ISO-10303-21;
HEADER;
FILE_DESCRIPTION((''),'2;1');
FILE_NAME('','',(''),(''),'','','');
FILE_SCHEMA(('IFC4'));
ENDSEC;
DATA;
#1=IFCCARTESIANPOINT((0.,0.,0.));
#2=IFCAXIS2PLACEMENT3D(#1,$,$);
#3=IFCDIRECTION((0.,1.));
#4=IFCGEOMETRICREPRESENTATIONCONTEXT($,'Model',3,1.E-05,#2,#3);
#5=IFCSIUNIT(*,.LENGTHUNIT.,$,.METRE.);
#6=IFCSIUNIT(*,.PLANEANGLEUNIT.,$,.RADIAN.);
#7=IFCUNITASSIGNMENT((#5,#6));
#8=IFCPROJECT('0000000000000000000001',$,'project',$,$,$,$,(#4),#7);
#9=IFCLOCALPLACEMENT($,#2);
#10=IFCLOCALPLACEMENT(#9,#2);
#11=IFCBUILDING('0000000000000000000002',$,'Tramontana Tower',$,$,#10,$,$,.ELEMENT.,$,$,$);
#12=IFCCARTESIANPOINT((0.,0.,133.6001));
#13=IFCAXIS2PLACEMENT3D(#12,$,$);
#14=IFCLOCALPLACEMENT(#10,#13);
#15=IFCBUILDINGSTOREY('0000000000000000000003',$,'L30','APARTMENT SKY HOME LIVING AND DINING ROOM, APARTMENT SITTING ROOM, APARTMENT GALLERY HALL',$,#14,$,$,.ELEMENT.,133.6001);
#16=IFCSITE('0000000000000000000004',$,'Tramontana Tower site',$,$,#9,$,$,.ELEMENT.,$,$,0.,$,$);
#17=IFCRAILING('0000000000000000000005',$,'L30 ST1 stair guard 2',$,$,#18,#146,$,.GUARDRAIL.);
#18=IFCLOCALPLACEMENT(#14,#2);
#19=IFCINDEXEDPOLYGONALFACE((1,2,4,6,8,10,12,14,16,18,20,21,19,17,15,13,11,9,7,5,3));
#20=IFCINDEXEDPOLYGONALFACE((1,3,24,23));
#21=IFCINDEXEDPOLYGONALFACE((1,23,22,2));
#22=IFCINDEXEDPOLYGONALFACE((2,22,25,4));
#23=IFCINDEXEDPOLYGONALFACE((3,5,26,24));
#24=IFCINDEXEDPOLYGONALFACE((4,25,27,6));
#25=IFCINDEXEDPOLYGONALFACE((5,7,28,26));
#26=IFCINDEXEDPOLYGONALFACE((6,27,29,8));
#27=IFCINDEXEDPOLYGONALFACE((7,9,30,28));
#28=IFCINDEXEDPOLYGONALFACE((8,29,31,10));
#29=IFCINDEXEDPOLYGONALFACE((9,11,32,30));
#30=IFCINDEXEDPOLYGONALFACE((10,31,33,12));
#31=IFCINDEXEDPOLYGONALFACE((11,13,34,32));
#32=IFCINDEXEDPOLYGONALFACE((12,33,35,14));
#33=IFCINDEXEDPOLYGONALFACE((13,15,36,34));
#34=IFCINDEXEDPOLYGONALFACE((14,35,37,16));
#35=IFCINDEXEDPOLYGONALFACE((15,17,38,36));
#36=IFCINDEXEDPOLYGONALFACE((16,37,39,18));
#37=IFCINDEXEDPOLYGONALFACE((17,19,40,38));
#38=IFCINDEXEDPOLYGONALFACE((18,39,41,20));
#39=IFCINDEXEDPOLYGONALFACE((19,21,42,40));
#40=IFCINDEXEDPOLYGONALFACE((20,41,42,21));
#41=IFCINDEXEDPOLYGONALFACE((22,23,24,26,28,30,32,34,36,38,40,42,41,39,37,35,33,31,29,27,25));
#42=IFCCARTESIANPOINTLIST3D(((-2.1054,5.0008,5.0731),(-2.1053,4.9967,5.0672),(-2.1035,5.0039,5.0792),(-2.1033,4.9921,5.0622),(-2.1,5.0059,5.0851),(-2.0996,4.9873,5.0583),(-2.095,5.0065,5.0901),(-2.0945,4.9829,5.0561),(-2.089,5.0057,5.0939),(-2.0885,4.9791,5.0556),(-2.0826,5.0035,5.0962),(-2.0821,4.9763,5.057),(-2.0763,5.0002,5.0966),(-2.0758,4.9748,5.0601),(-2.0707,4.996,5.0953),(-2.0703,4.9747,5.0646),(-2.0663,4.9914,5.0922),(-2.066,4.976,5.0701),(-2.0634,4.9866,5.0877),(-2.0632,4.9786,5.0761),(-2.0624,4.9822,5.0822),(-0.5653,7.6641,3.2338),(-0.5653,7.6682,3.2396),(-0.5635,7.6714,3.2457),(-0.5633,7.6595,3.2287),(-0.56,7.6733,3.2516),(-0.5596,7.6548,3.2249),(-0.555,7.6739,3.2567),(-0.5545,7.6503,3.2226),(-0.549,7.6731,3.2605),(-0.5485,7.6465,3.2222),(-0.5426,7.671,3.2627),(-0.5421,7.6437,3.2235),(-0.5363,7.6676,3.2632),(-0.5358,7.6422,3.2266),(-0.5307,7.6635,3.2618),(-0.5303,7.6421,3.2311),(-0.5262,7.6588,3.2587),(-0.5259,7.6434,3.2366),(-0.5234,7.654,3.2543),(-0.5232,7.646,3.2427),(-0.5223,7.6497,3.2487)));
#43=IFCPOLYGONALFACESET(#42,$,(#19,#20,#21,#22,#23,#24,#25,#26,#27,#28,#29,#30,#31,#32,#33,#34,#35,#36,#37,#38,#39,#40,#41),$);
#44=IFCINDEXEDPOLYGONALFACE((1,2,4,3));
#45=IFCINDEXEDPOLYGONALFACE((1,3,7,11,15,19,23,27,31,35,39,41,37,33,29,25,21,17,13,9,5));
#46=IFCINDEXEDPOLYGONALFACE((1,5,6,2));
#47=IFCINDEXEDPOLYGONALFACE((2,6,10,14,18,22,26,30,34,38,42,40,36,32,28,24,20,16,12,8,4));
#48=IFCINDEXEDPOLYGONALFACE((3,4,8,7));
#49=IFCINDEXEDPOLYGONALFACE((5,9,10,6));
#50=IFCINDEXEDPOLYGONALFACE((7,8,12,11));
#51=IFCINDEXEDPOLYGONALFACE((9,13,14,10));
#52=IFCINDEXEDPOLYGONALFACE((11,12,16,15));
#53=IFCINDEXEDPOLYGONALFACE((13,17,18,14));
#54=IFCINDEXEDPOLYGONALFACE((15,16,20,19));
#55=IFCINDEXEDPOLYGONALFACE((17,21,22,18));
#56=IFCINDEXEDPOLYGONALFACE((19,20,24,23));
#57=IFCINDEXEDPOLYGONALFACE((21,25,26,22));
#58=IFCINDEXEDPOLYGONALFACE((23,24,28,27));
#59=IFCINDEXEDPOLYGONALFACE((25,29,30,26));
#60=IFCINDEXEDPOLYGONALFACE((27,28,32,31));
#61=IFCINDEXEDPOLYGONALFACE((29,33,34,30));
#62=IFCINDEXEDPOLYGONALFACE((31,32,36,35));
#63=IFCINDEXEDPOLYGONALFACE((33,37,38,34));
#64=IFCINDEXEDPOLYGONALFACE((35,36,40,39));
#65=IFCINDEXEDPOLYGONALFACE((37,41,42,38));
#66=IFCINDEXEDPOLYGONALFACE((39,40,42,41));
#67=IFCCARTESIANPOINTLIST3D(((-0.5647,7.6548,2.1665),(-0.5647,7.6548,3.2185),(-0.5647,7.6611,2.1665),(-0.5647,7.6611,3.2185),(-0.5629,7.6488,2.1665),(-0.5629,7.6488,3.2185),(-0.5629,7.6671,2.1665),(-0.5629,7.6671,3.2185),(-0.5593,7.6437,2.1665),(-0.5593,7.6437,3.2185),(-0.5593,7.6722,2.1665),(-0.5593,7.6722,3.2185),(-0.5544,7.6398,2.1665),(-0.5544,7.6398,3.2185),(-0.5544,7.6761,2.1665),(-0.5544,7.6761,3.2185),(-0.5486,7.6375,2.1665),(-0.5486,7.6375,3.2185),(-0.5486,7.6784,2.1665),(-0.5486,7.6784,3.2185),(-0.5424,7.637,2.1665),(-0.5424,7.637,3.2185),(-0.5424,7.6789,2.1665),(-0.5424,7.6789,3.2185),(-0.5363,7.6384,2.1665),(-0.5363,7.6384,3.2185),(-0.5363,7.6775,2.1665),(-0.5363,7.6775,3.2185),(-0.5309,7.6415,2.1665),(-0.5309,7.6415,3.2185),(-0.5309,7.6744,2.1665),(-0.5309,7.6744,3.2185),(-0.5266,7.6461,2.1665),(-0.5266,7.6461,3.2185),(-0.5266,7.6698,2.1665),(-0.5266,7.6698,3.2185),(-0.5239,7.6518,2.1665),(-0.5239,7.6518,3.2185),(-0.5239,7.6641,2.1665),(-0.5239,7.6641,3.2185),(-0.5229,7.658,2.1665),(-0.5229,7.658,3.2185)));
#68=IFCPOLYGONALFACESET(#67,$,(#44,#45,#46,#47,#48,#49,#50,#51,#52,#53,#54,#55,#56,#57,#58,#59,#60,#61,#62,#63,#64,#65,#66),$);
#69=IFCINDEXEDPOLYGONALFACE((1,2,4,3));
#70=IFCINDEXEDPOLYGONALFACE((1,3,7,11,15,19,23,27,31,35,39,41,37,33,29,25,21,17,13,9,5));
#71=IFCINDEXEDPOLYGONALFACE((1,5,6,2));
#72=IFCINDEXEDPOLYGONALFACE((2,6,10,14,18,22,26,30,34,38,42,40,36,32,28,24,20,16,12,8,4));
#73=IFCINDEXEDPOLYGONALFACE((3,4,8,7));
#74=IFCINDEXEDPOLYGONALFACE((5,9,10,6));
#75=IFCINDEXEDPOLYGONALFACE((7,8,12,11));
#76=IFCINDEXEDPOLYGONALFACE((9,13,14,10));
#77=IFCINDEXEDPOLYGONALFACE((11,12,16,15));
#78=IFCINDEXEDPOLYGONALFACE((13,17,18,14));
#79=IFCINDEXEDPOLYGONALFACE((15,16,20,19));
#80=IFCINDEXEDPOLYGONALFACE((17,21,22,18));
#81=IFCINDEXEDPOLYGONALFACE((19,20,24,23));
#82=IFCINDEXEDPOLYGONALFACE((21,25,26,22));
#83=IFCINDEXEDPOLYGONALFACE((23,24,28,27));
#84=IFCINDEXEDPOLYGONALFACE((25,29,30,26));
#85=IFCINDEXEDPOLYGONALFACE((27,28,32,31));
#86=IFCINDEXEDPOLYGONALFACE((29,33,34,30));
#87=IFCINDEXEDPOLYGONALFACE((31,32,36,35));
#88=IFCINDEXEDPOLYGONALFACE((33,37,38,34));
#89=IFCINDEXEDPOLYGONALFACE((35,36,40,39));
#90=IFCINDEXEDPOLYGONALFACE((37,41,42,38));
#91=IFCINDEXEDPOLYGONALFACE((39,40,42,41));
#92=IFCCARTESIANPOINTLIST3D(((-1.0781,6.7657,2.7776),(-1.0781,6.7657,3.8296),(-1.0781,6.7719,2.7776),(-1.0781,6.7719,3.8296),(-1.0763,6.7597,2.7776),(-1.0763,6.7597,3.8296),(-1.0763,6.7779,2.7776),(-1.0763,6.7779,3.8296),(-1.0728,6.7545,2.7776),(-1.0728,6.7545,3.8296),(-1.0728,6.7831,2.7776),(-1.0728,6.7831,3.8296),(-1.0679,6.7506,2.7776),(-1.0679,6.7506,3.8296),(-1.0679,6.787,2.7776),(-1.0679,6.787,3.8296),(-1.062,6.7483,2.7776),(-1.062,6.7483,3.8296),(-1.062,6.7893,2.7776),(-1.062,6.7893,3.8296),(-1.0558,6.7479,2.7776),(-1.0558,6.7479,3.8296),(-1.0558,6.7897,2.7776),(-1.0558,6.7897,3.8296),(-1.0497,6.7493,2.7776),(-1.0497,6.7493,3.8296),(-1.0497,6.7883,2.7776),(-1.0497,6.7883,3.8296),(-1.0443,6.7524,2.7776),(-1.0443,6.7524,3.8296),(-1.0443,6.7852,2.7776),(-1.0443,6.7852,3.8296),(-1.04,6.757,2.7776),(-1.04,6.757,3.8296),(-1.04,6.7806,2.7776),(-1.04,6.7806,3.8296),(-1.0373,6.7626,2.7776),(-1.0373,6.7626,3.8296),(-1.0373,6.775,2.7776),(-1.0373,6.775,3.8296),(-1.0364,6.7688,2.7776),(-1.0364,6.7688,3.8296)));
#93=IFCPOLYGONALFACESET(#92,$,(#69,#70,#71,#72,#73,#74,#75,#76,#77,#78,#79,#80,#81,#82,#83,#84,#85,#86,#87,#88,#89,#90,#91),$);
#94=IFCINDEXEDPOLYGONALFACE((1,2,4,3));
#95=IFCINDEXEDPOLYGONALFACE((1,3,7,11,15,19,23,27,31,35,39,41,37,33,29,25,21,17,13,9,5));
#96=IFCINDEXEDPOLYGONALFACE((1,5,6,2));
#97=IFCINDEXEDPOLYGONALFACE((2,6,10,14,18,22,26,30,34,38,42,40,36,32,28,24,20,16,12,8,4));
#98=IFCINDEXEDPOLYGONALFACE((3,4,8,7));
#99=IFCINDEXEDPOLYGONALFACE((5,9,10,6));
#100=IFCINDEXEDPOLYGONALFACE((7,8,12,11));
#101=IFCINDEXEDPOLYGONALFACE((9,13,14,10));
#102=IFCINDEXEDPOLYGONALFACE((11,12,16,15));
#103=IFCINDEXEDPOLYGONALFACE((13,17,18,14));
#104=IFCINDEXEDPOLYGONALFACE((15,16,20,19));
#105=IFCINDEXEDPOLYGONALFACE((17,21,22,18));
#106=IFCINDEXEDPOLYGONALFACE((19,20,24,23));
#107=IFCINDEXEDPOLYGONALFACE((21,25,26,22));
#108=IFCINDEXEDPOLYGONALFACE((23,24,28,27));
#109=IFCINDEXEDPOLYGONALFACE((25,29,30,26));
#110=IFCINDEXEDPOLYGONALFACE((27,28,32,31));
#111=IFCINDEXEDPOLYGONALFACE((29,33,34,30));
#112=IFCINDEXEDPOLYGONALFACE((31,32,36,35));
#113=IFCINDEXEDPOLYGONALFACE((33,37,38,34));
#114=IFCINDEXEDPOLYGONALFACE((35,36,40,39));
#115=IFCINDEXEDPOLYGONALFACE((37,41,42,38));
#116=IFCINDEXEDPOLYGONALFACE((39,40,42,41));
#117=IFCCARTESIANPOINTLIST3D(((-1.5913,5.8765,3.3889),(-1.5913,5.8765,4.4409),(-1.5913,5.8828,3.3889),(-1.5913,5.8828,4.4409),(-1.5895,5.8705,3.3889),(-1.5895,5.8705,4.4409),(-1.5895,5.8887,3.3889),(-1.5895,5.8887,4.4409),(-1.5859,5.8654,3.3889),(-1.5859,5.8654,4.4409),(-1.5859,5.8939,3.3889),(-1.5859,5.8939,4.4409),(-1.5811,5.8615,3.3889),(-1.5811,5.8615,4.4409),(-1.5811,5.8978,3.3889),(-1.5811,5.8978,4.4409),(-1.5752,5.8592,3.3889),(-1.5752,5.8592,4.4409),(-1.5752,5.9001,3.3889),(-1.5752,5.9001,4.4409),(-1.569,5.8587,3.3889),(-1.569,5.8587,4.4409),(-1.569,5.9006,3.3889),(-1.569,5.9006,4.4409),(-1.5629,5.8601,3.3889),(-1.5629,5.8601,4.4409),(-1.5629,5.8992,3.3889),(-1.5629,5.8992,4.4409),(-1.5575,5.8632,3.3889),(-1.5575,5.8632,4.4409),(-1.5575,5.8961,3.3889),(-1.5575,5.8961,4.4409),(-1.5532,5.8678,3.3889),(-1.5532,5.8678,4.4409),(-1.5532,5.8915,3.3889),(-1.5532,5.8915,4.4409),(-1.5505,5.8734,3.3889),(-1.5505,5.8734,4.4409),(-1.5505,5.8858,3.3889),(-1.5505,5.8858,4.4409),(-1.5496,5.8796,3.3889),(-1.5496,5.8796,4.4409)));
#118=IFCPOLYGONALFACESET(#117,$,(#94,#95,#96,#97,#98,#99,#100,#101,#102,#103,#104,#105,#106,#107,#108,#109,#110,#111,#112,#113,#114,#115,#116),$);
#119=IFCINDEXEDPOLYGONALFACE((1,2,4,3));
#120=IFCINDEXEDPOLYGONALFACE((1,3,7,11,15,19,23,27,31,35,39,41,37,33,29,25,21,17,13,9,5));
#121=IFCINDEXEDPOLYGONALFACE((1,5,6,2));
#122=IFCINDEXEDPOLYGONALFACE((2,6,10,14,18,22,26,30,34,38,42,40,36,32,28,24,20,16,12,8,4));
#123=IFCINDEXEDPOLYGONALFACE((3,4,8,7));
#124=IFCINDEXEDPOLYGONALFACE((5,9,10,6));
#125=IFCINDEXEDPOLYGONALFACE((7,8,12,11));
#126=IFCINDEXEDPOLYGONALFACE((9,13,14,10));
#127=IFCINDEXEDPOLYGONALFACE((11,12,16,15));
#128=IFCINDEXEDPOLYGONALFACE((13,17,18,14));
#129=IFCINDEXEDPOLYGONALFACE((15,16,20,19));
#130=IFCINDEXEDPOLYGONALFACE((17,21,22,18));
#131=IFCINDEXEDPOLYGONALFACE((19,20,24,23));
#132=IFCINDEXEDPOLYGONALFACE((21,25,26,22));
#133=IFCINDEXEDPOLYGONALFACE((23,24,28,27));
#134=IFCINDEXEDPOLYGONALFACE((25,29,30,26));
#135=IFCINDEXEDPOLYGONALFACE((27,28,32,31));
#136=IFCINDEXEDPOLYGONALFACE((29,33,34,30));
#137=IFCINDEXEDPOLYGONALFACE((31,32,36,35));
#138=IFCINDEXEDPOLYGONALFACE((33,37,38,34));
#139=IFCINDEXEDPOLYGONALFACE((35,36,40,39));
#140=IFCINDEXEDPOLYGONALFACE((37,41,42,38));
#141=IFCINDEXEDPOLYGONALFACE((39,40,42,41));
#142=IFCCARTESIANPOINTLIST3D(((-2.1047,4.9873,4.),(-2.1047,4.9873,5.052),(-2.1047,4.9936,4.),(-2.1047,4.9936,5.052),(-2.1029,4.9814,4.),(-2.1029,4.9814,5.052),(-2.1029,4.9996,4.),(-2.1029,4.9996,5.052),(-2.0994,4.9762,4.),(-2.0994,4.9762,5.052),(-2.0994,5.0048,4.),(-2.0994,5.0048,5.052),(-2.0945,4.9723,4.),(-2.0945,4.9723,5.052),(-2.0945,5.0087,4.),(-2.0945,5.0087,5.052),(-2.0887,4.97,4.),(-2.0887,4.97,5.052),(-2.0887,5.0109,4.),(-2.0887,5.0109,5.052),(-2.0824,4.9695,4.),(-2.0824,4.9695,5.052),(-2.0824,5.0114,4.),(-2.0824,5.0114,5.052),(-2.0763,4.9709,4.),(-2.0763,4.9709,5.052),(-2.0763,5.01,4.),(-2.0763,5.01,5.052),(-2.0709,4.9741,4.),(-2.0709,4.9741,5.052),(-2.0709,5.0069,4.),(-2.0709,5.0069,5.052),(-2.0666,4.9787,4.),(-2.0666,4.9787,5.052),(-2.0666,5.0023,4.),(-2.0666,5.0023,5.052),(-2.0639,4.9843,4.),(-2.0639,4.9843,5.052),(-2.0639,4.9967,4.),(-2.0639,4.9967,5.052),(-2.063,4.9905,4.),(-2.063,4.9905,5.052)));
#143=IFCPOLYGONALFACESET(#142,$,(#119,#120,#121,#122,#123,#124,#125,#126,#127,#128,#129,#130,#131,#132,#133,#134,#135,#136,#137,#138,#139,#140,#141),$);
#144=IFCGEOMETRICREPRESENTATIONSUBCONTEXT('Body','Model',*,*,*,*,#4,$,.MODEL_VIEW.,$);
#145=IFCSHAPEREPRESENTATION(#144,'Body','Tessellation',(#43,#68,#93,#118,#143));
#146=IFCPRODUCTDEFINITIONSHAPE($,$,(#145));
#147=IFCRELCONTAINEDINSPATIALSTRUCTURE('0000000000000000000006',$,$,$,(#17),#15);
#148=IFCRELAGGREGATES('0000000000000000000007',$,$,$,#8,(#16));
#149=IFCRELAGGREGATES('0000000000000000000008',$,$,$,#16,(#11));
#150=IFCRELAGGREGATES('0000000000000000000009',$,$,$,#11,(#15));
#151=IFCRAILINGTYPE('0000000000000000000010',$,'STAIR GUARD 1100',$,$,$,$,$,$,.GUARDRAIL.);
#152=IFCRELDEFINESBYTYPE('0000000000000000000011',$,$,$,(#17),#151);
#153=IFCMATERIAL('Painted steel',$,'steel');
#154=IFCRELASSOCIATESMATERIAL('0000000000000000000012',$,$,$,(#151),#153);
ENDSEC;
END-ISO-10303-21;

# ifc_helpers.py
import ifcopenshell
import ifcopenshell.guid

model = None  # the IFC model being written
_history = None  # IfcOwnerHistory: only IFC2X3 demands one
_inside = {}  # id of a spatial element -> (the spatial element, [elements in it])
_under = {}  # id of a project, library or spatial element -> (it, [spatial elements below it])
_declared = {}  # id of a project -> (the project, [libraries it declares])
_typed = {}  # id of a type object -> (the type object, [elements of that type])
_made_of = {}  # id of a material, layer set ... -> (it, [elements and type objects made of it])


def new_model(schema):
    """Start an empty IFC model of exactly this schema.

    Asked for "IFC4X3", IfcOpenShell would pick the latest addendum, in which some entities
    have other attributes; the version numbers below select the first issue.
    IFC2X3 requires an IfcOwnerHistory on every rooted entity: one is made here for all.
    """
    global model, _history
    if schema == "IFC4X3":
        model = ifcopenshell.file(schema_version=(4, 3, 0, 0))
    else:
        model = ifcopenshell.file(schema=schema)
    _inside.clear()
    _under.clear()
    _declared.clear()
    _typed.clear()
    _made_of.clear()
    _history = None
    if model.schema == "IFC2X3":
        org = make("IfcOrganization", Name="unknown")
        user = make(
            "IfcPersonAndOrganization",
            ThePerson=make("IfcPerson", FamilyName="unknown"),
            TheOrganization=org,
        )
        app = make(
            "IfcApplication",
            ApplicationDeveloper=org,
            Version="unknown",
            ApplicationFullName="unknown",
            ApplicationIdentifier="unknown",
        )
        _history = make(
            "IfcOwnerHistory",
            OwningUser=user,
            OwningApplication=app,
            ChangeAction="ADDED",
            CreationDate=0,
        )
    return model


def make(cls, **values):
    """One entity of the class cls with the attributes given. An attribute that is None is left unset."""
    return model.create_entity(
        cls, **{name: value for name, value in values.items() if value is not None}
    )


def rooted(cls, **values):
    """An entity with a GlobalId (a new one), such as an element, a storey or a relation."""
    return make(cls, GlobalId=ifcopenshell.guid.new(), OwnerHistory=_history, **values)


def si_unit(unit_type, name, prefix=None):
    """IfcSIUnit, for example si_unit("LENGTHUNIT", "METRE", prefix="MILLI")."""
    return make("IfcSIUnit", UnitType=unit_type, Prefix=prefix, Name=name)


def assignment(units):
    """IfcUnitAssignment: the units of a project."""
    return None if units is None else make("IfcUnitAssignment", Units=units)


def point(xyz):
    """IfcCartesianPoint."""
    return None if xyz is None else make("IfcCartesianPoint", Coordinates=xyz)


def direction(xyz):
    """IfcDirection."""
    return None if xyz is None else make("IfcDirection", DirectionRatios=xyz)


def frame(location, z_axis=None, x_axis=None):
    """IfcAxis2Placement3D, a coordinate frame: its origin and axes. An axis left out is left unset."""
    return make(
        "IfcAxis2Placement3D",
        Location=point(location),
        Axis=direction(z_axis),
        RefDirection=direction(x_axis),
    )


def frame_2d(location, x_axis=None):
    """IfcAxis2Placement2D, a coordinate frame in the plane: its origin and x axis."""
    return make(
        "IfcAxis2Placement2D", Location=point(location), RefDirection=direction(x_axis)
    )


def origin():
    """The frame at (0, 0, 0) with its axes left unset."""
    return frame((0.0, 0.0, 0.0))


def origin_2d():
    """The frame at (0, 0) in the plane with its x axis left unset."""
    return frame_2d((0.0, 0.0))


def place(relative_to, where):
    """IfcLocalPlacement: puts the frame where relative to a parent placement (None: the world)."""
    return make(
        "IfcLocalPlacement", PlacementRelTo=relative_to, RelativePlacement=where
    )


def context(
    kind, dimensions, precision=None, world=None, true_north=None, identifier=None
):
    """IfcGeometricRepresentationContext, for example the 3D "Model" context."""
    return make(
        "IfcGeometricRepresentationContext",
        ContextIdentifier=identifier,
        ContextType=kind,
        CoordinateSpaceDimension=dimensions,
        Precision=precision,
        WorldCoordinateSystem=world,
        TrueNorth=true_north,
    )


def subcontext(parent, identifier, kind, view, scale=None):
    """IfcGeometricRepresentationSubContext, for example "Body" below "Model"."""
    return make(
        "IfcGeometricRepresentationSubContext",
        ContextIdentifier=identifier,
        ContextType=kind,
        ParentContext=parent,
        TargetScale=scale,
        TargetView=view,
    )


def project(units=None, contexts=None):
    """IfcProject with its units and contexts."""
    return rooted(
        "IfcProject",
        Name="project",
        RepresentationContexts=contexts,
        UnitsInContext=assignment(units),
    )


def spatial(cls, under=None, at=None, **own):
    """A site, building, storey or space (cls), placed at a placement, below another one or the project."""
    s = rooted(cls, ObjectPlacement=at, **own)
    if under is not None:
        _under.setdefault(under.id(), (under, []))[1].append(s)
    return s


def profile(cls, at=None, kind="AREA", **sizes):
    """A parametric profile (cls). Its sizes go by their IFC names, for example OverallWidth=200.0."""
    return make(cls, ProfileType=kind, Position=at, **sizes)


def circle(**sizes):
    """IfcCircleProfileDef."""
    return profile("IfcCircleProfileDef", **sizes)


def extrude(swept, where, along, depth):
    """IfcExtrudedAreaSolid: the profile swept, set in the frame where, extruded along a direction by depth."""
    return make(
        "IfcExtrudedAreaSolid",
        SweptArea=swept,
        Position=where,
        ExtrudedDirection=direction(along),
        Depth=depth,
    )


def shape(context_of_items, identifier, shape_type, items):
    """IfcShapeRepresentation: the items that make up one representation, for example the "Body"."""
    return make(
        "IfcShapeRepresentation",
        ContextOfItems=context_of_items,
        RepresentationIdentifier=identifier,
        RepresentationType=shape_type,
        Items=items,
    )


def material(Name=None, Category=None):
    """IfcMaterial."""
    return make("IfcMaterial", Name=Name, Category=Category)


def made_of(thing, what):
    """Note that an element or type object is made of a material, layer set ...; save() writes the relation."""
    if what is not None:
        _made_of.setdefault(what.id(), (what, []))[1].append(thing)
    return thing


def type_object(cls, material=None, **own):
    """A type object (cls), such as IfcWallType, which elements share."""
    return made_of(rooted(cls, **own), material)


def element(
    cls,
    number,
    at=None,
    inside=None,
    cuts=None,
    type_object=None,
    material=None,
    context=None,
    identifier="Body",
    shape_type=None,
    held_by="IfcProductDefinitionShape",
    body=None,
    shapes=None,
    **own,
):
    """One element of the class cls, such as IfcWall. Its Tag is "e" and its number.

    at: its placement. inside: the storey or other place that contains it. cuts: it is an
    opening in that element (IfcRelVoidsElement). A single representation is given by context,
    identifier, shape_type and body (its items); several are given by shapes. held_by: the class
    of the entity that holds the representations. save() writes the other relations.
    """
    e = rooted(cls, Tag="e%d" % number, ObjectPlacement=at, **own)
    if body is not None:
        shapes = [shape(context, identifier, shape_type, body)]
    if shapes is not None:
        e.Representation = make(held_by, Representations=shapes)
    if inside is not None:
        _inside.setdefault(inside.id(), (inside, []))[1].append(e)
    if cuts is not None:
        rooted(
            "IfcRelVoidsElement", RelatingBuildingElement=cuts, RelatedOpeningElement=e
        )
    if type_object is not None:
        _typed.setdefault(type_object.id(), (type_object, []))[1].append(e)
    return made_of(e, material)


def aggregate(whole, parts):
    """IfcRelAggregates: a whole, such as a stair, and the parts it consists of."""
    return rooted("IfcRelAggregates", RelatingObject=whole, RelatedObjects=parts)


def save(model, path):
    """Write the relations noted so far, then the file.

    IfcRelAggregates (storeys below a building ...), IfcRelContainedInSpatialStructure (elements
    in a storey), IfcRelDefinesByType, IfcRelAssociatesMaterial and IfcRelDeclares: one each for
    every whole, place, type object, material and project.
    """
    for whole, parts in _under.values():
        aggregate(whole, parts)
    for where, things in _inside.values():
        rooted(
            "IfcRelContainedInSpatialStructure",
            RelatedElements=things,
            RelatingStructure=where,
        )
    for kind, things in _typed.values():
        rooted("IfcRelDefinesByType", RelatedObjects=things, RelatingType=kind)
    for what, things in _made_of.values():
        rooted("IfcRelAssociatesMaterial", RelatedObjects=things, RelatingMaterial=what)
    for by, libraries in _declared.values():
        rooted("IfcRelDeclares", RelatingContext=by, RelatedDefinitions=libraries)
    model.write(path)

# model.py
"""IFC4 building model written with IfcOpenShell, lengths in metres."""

from ifc_helpers import new_model, si_unit, direction, frame, origin, origin_2d, place, context, subcontext, project, spatial, circle, extrude, material, type_object, element, save


model = new_model("IFC4")

# Units and contexts
model_context = context("Model", 3, precision=1e-05, world=origin(), true_north=direction((0.0, 1.0)))
body_context = subcontext(model_context, "Body", "Model", "MODEL_VIEW")
ifc_project = project(units=[si_unit("LENGTHUNIT", "METRE"), si_unit("PLANEANGLEUNIT", "RADIAN")], contexts=[model_context])

# Site, building, storey
site_placement = place(None, origin())
site = spatial("IfcSite", under=ifc_project, at=site_placement, Name="Tramontana Tower site", CompositionType="ELEMENT", RefElevation=0.0)
building_placement = place(site_placement, origin())
building = spatial("IfcBuilding", under=site, at=building_placement, Name="Tramontana Tower", CompositionType="ELEMENT")
storey_placement = place(building_placement, frame((0.0, 0.0, 133.6001)))
storey = spatial("IfcBuildingStorey", under=building, at=storey_placement, Name="L30", Description="APARTMENT SKY HOME LIVING AND DINING ROOM, APARTMENT SITTING ROOM, APARTMENT GALLERY HALL", CompositionType="ELEMENT", Elevation=133.6001)

# Railing
ifc_material_1 = material(Name="Painted steel", Category="steel")
railing_type_1 = type_object("IfcRailingType", Name="STAIR GUARD 1100", PredefinedType="GUARDRAIL", material=ifc_material_1)
railing_1_placement = place(storey_placement, frame((-0.5439, 7.658, 2.1665)))
element("IfcRailing", 1, at=railing_1_placement, inside=storey, type_object=railing_type_1, Name="L30 ST1 stair guard 2", PredefinedType="GUARDRAIL", context=body_context, shape_type="SweptSolid", body=[
    extrude(circle(Radius=0.0239, at=origin_2d()), frame((0.0, 0.0, 1.0762), z_axis=(-0.429634, -0.744164, 0.511502), x_axis=(0.86603, -0.499992, 0.0)), (0.0, 0.0, 1.0), 3.5845),
    extrude(circle(Radius=0.021, at=origin_2d()), origin(), (0.0, 0.0, 1.0), 1.052),
    extrude(circle(Radius=0.021, at=origin_2d()), frame((-0.5134, -0.8892, 0.6111)), (0.0, 0.0, 1.0), 1.052),
    extrude(circle(Radius=0.021, at=origin_2d()), frame((-1.0266, -1.7783, 1.2224)), (0.0, 0.0, 1.0), 1.052),
    extrude(circle(Radius=0.021, at=origin_2d()), frame((-1.54, -2.6675, 1.8335)), (0.0, 0.0, 1.0), 1.052),
])

save(model, "model.ifc")
